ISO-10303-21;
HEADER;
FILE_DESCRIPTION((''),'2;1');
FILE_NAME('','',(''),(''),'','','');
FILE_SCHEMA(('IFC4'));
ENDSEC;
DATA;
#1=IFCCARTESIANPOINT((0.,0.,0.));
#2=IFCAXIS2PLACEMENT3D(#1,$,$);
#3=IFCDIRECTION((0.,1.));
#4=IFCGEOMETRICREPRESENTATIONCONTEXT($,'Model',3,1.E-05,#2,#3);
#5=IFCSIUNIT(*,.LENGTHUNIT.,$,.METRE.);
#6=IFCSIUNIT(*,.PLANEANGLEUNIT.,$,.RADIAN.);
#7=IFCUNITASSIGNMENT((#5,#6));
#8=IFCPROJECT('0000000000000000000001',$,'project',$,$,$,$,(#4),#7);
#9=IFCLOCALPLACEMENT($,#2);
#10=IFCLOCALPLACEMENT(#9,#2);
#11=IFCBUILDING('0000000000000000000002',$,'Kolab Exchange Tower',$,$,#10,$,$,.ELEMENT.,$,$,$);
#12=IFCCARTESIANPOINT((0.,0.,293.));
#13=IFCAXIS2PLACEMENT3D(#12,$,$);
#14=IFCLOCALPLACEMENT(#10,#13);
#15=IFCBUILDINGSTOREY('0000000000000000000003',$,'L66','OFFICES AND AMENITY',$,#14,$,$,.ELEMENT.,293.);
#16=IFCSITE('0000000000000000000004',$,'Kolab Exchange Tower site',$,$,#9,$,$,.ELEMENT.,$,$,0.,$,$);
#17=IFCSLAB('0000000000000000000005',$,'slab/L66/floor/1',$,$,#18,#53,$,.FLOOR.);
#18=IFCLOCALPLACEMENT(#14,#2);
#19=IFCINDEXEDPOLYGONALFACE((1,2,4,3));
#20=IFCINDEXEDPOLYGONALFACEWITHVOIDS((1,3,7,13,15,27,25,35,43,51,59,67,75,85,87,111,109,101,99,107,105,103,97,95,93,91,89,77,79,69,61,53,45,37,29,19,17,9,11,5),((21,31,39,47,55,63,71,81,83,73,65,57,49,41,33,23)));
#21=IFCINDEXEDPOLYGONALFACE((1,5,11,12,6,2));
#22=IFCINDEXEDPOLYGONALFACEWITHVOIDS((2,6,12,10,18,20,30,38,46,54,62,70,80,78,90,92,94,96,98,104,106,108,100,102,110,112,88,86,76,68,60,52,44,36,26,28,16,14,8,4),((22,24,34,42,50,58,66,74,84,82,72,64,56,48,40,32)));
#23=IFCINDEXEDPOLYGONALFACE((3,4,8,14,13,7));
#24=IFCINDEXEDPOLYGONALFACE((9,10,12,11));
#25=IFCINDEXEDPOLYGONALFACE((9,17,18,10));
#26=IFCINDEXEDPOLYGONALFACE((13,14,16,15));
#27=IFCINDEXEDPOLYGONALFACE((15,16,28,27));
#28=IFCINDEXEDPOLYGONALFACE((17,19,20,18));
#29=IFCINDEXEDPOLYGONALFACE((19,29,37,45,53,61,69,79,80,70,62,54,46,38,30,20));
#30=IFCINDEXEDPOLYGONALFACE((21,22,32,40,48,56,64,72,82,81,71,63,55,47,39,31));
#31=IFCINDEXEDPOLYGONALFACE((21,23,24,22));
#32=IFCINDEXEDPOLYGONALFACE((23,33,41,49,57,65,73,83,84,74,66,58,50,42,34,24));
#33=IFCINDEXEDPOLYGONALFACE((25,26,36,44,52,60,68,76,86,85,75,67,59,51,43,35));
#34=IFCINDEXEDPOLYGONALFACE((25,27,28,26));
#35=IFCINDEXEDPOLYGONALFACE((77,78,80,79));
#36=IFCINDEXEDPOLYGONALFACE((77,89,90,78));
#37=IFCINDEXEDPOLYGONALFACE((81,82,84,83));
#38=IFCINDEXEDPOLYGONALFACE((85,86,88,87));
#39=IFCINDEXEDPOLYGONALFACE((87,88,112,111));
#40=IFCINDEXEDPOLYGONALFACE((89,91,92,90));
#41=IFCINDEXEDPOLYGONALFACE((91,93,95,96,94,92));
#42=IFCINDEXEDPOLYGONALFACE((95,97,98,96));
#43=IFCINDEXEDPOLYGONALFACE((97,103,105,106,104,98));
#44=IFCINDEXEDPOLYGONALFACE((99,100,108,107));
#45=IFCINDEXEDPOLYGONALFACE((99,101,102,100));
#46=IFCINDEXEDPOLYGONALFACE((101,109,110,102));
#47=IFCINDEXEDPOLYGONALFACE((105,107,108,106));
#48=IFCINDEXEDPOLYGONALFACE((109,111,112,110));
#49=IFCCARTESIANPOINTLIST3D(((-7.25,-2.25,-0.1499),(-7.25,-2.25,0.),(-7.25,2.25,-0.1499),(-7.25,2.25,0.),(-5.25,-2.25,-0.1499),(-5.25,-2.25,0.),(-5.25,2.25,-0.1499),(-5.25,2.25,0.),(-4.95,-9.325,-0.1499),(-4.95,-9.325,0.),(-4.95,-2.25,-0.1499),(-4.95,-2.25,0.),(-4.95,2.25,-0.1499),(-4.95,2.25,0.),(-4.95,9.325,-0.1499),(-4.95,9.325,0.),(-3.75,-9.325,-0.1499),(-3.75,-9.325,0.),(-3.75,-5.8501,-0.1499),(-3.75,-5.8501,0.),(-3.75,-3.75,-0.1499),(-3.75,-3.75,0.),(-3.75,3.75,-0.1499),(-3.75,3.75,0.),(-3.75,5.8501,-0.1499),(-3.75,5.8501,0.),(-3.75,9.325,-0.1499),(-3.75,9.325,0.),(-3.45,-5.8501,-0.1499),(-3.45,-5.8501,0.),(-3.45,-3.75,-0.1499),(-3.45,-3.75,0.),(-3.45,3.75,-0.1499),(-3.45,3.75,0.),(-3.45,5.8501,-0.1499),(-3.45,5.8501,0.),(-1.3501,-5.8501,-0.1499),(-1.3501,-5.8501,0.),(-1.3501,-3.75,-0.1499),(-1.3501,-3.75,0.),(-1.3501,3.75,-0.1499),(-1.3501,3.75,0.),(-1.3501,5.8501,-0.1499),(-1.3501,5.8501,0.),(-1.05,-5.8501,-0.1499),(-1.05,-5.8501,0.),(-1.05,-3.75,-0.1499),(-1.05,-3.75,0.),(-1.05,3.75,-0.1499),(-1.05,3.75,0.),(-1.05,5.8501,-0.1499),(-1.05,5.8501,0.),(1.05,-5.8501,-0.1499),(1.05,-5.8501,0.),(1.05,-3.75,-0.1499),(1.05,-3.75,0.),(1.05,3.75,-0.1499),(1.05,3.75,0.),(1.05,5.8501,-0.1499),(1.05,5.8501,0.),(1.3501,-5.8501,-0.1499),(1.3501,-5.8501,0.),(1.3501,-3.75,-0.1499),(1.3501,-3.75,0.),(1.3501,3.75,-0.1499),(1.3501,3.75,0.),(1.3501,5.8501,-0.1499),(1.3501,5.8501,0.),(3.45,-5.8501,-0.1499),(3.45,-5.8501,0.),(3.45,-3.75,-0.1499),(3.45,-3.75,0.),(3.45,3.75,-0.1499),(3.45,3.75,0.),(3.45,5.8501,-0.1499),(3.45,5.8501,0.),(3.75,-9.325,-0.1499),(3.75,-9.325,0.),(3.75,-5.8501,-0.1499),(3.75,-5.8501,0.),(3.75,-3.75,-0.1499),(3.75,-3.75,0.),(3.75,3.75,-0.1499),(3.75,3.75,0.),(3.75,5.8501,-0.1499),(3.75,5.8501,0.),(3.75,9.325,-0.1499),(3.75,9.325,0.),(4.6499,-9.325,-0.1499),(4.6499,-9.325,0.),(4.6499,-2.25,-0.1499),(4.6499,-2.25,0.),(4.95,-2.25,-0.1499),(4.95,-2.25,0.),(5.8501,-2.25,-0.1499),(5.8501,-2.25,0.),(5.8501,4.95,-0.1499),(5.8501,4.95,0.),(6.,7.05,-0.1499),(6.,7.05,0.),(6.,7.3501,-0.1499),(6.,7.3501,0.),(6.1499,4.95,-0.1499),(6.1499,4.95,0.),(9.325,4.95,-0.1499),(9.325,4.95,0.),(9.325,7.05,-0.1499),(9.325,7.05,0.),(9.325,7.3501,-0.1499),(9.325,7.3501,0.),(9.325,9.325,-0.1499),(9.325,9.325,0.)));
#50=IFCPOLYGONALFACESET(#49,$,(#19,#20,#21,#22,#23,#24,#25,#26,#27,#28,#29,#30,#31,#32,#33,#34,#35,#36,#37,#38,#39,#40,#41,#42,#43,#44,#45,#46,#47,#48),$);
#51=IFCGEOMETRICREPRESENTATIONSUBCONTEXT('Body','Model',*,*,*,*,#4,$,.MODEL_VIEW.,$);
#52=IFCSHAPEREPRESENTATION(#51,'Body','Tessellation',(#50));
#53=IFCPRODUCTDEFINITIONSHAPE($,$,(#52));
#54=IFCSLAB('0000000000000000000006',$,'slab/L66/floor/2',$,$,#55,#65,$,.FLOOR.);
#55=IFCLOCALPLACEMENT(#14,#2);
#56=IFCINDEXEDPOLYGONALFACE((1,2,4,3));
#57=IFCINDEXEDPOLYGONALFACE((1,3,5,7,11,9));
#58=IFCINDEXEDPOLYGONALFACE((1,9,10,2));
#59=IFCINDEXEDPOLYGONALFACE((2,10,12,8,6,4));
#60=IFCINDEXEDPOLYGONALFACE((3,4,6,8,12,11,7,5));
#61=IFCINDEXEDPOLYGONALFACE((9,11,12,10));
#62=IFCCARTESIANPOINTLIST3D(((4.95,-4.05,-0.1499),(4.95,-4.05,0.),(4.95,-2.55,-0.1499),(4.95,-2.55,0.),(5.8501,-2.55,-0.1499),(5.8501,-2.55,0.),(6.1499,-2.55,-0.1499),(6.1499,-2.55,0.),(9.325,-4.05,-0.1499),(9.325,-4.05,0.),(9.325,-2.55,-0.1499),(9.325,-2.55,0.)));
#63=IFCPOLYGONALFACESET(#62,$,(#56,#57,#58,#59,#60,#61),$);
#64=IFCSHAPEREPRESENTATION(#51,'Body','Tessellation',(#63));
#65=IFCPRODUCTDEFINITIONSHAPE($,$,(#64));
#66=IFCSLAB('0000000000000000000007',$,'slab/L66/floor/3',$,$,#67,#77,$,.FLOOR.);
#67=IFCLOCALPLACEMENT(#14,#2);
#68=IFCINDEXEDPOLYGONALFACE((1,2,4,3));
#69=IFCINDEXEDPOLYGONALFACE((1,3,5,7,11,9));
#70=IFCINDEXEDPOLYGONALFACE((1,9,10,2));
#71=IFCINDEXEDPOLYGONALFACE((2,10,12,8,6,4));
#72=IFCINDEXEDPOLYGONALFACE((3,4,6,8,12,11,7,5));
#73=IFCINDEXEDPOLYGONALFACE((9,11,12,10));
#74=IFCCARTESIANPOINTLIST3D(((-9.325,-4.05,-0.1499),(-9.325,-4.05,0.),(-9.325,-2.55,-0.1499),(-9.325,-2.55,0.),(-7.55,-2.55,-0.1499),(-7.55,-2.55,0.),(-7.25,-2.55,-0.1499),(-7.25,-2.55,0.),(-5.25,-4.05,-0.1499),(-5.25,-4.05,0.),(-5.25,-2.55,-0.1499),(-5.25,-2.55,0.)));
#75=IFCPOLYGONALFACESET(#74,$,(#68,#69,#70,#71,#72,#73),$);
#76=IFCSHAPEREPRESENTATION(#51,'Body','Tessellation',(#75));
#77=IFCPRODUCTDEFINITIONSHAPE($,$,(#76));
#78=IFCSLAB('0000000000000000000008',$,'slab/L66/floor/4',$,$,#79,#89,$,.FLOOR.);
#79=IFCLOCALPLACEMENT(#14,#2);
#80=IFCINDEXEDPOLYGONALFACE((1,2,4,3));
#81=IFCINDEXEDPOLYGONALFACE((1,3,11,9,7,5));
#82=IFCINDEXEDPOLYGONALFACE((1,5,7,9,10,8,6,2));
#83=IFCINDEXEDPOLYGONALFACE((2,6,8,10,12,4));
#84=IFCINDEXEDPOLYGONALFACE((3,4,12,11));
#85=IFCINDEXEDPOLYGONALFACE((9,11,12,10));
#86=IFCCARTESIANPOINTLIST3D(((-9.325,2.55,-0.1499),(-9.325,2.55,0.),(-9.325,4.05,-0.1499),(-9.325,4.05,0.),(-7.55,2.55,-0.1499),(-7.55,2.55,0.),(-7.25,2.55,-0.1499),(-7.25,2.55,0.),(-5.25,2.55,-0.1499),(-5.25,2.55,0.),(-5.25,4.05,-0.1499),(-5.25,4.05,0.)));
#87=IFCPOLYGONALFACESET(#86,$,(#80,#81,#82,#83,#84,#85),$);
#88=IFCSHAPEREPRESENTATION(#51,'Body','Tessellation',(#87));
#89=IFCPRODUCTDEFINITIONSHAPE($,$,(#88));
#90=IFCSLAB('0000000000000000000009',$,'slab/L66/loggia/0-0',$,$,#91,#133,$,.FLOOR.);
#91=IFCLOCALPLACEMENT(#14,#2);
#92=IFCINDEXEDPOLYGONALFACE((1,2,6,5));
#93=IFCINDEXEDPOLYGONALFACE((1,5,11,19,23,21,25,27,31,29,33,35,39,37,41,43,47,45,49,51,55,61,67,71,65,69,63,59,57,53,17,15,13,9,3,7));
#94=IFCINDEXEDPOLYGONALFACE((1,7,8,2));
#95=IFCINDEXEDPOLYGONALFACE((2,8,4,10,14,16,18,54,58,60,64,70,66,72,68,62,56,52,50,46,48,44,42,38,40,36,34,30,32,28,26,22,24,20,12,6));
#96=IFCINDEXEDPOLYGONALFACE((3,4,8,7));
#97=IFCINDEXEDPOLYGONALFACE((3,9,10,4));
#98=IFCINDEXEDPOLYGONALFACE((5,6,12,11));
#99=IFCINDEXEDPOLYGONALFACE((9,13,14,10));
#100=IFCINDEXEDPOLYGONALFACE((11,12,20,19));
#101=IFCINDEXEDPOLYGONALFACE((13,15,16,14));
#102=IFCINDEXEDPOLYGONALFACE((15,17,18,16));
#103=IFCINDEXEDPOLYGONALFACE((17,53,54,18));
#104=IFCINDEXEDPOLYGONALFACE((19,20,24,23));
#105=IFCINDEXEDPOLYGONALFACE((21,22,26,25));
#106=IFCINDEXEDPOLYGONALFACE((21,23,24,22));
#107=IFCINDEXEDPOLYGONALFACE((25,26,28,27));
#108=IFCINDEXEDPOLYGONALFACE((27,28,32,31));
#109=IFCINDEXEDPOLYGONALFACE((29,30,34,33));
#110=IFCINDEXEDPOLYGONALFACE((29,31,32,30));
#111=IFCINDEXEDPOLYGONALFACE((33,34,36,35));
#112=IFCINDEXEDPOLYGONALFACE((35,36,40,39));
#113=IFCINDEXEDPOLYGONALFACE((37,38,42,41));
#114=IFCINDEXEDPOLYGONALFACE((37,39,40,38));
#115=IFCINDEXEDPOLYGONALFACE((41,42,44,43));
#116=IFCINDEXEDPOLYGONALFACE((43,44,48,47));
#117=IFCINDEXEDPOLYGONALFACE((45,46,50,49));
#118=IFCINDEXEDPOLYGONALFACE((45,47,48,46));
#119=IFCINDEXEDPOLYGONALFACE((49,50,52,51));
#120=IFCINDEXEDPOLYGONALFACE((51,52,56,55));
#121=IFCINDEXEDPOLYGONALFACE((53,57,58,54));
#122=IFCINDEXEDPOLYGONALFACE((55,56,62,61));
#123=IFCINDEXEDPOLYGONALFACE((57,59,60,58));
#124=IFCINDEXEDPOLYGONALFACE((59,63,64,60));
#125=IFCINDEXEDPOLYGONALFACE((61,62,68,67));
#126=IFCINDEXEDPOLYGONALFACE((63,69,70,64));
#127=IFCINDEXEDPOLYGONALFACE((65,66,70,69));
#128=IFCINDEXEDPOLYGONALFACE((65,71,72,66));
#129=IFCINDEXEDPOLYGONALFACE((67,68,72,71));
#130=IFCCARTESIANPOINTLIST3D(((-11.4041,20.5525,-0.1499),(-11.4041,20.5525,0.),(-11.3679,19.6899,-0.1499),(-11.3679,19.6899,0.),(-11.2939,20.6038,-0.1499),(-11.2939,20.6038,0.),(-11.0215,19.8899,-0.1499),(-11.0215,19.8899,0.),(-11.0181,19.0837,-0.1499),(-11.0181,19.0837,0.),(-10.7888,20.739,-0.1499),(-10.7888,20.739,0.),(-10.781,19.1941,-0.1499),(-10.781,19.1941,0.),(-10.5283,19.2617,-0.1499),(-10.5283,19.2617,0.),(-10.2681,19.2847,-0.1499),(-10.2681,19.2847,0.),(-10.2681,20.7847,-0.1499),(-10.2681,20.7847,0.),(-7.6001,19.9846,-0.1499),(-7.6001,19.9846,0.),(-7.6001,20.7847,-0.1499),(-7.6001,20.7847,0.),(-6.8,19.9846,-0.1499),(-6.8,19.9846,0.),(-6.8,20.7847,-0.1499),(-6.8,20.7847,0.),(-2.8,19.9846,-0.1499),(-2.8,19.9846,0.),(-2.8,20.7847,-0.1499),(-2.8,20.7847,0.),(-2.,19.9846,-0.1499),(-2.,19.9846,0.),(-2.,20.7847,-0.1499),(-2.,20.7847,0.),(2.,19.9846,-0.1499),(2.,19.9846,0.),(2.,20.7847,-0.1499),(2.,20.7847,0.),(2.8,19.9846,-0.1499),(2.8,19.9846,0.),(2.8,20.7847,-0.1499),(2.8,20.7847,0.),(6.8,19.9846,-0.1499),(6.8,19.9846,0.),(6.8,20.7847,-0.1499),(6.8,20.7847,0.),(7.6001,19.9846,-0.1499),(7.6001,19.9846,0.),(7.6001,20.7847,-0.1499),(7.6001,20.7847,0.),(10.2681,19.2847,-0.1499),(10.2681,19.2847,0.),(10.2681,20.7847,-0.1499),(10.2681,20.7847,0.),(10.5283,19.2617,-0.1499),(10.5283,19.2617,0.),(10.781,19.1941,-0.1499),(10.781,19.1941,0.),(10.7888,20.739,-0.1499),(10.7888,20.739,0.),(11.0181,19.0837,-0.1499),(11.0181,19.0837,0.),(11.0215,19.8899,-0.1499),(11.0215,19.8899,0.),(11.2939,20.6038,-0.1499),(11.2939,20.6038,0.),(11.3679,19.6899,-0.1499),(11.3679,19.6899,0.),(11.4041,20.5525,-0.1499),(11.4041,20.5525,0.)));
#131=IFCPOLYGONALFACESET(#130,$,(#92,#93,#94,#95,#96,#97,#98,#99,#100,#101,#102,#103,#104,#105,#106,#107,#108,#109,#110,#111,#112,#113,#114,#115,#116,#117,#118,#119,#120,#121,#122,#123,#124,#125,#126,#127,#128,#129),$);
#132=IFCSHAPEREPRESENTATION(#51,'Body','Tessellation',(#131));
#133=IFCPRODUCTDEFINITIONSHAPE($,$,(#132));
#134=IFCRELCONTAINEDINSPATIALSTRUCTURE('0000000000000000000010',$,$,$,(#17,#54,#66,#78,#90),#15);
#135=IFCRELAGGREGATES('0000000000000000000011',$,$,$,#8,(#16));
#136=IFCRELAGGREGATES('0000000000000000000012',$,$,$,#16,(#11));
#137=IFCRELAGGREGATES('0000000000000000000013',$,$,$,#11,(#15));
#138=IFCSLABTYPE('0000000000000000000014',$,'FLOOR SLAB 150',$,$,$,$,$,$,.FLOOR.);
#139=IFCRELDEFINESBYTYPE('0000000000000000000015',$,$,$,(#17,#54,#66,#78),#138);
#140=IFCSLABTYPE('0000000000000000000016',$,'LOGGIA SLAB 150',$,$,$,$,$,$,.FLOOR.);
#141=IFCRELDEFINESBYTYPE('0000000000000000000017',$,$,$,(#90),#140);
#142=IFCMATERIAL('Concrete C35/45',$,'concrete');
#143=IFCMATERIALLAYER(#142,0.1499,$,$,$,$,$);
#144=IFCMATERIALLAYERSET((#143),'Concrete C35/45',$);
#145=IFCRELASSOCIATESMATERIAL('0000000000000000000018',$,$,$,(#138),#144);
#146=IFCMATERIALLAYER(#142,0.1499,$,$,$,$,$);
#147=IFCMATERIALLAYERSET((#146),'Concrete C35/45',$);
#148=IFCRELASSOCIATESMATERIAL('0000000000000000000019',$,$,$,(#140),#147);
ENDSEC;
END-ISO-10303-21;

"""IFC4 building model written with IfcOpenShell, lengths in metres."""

from ifc_helpers import new_model, si_unit, direction, frame, origin, place, context, subcontext, project, spatial, polyline, outline, extrude, material, layer, layer_set, type_object, element, save


model = new_model("IFC4")

# Units and contexts
model_context = context("Model", 3, precision=1e-05, world=origin(), true_north=direction((0.0, 1.0)))
body_context = subcontext(model_context, "Body", "Model", "MODEL_VIEW")
ifc_project = project(units=[si_unit("LENGTHUNIT", "METRE"), si_unit("PLANEANGLEUNIT", "RADIAN")], contexts=[model_context])

# Site, building, storey
site_placement = place(None, origin())
site = spatial("IfcSite", under=ifc_project, at=site_placement, Name="Kolab Exchange Tower site", CompositionType="ELEMENT", RefElevation=0.0)
building_placement = place(site_placement, origin())
building = spatial("IfcBuilding", under=site, at=building_placement, Name="Kolab Exchange Tower", CompositionType="ELEMENT")
storey_placement = place(building_placement, frame((0.0, 0.0, 293.0)))
storey = spatial("IfcBuildingStorey", under=building, at=storey_placement, Name="L66", Description="OFFICES AND AMENITY", CompositionType="ELEMENT", Elevation=293.0)

# Slabs
ifc_material_1 = material(Name="Concrete C35/45", Category="concrete")
ifc_layer_1 = layer(ifc_material_1, 0.1499)
ifc_layer_set_1 = layer_set([ifc_layer_1], Name="Concrete C35/45")
slab_type_1 = type_object("IfcSlabType", Name="FLOOR SLAB 150", PredefinedType="FLOOR", material=ifc_layer_set_1)
slab_1_placement = place(storey_placement, frame((0.0, 0.0, -0.1499)))
element("IfcSlab", 1, at=slab_1_placement, inside=storey, type_object=slab_type_1, Name="slab/L66/floor/1", PredefinedType="FLOOR", context=body_context, shape_type="SweptSolid", body=[
    extrude(outline(polyline([(-4.95, 9.325), (-4.95, 2.25), (-5.25, 2.25), (-7.25, 2.25), (-7.25, -2.25), (-5.25, -2.25), (-4.95, -2.25), (-4.95, -9.325), (-3.75, -9.325), (-3.75, -5.8501), (-3.45, -5.8501), (-1.3501, -5.8501), (-1.05, -5.8501), (1.05, -5.8501), (1.3501, -5.8501), (3.45, -5.8501), (3.75, -5.8501), (3.75, -9.325), (4.6499, -9.325), (4.6499, -2.25), (4.95, -2.25), (5.8501, -2.25), (5.8501, 4.95), (6.1499, 4.95), (9.325, 4.95), (9.325, 7.05), (6.0, 7.05), (6.0, 7.3501), (9.325, 7.3501), (9.325, 9.325), (3.75, 9.325), (3.75, 5.8501), (3.45, 5.8501), (1.3501, 5.8501), (1.05, 5.8501), (-1.05, 5.8501), (-1.3501, 5.8501), (-3.45, 5.8501), (-3.75, 5.8501), (-3.75, 9.325), (-4.95, 9.325)]), holes=[polyline([(-3.45, -3.75), (-3.75, -3.75), (-3.75, 3.75), (-3.45, 3.75), (-1.3501, 3.75), (-1.05, 3.75), (1.05, 3.75), (1.3501, 3.75), (3.45, 3.75), (3.75, 3.75), (3.75, -3.75), (3.45, -3.75), (1.3501, -3.75), (1.05, -3.75), (-1.05, -3.75), (-1.3501, -3.75), (-3.45, -3.75)])]), origin(), (0.0, 0.0, 1.0), 0.1499),
])
slab_2_placement = place(storey_placement, frame((0.0, 0.0, -0.1499)))
element("IfcSlab", 2, at=slab_2_placement, inside=storey, type_object=slab_type_1, Name="slab/L66/floor/2", PredefinedType="FLOOR", context=body_context, shape_type="SweptSolid", body=[
    extrude(outline(polyline([(4.95, -2.55), (4.95, -4.05), (9.325, -4.05), (9.325, -2.55), (6.1499, -2.55), (5.8501, -2.55), (4.95, -2.55)])), origin(), (0.0, 0.0, 1.0), 0.1499),
])
slab_3_placement = place(storey_placement, frame((0.0, 0.0, -0.1499)))
element("IfcSlab", 3, at=slab_3_placement, inside=storey, type_object=slab_type_1, Name="slab/L66/floor/3", PredefinedType="FLOOR", context=body_context, shape_type="SweptSolid", body=[
    extrude(outline(polyline([(-7.55, -2.55), (-9.325, -2.55), (-9.325, -4.05), (-5.25, -4.05), (-5.25, -2.55), (-7.25, -2.55), (-7.55, -2.55)])), origin(), (0.0, 0.0, 1.0), 0.1499),
])
slab_4_placement = place(storey_placement, frame((0.0, 0.0, -0.1499)))
element("IfcSlab", 4, at=slab_4_placement, inside=storey, type_object=slab_type_1, Name="slab/L66/floor/4", PredefinedType="FLOOR", context=body_context, shape_type="SweptSolid", body=[
    extrude(outline(polyline([(-9.325, 4.05), (-9.325, 2.55), (-7.55, 2.55), (-7.25, 2.55), (-5.25, 2.55), (-5.25, 4.05), (-9.325, 4.05)])), origin(), (0.0, 0.0, 1.0), 0.1499),
])
ifc_layer_2 = layer(ifc_material_1, 0.1499)
ifc_layer_set_2 = layer_set([ifc_layer_2], Name="Concrete C35/45")
slab_type_2 = type_object("IfcSlabType", Name="LOGGIA SLAB 150", PredefinedType="FLOOR", material=ifc_layer_set_2)
slab_5_placement = place(storey_placement, frame((0.0, 0.0, -0.1499)))
element("IfcSlab", 5, at=slab_5_placement, inside=storey, type_object=slab_type_2, Name="slab/L66/loggia/0-0", PredefinedType="FLOOR", context=body_context, shape_type="SweptSolid", body=[
    extrude(outline(polyline([(11.0181, 19.0837), (11.3679, 19.6899), (11.0215, 19.8899), (11.4041, 20.5525), (11.2939, 20.6038), (10.7888, 20.739), (10.2681, 20.7847), (7.6001, 20.7847), (7.6001, 19.9846), (6.8, 19.9846), (6.8, 20.7847), (2.8, 20.7847), (2.8, 19.9846), (2.0, 19.9846), (2.0, 20.7847), (-2.0, 20.7847), (-2.0, 19.9846), (-2.8, 19.9846), (-2.8, 20.7847), (-6.8, 20.7847), (-6.8, 19.9846), (-7.6001, 19.9846), (-7.6001, 20.7847), (-10.2681, 20.7847), (-10.7888, 20.739), (-11.2939, 20.6038), (-11.4041, 20.5525), (-11.0215, 19.8899), (-11.3679, 19.6899), (-11.0181, 19.0837), (-10.781, 19.1941), (-10.5283, 19.2617), (-10.2681, 19.2847), (10.2681, 19.2847), (10.5283, 19.2617), (10.781, 19.1941), (11.0181, 19.0837)])), origin(), (0.0, 0.0, 1.0), 0.1499),
])

save(model, "model.ifc")
